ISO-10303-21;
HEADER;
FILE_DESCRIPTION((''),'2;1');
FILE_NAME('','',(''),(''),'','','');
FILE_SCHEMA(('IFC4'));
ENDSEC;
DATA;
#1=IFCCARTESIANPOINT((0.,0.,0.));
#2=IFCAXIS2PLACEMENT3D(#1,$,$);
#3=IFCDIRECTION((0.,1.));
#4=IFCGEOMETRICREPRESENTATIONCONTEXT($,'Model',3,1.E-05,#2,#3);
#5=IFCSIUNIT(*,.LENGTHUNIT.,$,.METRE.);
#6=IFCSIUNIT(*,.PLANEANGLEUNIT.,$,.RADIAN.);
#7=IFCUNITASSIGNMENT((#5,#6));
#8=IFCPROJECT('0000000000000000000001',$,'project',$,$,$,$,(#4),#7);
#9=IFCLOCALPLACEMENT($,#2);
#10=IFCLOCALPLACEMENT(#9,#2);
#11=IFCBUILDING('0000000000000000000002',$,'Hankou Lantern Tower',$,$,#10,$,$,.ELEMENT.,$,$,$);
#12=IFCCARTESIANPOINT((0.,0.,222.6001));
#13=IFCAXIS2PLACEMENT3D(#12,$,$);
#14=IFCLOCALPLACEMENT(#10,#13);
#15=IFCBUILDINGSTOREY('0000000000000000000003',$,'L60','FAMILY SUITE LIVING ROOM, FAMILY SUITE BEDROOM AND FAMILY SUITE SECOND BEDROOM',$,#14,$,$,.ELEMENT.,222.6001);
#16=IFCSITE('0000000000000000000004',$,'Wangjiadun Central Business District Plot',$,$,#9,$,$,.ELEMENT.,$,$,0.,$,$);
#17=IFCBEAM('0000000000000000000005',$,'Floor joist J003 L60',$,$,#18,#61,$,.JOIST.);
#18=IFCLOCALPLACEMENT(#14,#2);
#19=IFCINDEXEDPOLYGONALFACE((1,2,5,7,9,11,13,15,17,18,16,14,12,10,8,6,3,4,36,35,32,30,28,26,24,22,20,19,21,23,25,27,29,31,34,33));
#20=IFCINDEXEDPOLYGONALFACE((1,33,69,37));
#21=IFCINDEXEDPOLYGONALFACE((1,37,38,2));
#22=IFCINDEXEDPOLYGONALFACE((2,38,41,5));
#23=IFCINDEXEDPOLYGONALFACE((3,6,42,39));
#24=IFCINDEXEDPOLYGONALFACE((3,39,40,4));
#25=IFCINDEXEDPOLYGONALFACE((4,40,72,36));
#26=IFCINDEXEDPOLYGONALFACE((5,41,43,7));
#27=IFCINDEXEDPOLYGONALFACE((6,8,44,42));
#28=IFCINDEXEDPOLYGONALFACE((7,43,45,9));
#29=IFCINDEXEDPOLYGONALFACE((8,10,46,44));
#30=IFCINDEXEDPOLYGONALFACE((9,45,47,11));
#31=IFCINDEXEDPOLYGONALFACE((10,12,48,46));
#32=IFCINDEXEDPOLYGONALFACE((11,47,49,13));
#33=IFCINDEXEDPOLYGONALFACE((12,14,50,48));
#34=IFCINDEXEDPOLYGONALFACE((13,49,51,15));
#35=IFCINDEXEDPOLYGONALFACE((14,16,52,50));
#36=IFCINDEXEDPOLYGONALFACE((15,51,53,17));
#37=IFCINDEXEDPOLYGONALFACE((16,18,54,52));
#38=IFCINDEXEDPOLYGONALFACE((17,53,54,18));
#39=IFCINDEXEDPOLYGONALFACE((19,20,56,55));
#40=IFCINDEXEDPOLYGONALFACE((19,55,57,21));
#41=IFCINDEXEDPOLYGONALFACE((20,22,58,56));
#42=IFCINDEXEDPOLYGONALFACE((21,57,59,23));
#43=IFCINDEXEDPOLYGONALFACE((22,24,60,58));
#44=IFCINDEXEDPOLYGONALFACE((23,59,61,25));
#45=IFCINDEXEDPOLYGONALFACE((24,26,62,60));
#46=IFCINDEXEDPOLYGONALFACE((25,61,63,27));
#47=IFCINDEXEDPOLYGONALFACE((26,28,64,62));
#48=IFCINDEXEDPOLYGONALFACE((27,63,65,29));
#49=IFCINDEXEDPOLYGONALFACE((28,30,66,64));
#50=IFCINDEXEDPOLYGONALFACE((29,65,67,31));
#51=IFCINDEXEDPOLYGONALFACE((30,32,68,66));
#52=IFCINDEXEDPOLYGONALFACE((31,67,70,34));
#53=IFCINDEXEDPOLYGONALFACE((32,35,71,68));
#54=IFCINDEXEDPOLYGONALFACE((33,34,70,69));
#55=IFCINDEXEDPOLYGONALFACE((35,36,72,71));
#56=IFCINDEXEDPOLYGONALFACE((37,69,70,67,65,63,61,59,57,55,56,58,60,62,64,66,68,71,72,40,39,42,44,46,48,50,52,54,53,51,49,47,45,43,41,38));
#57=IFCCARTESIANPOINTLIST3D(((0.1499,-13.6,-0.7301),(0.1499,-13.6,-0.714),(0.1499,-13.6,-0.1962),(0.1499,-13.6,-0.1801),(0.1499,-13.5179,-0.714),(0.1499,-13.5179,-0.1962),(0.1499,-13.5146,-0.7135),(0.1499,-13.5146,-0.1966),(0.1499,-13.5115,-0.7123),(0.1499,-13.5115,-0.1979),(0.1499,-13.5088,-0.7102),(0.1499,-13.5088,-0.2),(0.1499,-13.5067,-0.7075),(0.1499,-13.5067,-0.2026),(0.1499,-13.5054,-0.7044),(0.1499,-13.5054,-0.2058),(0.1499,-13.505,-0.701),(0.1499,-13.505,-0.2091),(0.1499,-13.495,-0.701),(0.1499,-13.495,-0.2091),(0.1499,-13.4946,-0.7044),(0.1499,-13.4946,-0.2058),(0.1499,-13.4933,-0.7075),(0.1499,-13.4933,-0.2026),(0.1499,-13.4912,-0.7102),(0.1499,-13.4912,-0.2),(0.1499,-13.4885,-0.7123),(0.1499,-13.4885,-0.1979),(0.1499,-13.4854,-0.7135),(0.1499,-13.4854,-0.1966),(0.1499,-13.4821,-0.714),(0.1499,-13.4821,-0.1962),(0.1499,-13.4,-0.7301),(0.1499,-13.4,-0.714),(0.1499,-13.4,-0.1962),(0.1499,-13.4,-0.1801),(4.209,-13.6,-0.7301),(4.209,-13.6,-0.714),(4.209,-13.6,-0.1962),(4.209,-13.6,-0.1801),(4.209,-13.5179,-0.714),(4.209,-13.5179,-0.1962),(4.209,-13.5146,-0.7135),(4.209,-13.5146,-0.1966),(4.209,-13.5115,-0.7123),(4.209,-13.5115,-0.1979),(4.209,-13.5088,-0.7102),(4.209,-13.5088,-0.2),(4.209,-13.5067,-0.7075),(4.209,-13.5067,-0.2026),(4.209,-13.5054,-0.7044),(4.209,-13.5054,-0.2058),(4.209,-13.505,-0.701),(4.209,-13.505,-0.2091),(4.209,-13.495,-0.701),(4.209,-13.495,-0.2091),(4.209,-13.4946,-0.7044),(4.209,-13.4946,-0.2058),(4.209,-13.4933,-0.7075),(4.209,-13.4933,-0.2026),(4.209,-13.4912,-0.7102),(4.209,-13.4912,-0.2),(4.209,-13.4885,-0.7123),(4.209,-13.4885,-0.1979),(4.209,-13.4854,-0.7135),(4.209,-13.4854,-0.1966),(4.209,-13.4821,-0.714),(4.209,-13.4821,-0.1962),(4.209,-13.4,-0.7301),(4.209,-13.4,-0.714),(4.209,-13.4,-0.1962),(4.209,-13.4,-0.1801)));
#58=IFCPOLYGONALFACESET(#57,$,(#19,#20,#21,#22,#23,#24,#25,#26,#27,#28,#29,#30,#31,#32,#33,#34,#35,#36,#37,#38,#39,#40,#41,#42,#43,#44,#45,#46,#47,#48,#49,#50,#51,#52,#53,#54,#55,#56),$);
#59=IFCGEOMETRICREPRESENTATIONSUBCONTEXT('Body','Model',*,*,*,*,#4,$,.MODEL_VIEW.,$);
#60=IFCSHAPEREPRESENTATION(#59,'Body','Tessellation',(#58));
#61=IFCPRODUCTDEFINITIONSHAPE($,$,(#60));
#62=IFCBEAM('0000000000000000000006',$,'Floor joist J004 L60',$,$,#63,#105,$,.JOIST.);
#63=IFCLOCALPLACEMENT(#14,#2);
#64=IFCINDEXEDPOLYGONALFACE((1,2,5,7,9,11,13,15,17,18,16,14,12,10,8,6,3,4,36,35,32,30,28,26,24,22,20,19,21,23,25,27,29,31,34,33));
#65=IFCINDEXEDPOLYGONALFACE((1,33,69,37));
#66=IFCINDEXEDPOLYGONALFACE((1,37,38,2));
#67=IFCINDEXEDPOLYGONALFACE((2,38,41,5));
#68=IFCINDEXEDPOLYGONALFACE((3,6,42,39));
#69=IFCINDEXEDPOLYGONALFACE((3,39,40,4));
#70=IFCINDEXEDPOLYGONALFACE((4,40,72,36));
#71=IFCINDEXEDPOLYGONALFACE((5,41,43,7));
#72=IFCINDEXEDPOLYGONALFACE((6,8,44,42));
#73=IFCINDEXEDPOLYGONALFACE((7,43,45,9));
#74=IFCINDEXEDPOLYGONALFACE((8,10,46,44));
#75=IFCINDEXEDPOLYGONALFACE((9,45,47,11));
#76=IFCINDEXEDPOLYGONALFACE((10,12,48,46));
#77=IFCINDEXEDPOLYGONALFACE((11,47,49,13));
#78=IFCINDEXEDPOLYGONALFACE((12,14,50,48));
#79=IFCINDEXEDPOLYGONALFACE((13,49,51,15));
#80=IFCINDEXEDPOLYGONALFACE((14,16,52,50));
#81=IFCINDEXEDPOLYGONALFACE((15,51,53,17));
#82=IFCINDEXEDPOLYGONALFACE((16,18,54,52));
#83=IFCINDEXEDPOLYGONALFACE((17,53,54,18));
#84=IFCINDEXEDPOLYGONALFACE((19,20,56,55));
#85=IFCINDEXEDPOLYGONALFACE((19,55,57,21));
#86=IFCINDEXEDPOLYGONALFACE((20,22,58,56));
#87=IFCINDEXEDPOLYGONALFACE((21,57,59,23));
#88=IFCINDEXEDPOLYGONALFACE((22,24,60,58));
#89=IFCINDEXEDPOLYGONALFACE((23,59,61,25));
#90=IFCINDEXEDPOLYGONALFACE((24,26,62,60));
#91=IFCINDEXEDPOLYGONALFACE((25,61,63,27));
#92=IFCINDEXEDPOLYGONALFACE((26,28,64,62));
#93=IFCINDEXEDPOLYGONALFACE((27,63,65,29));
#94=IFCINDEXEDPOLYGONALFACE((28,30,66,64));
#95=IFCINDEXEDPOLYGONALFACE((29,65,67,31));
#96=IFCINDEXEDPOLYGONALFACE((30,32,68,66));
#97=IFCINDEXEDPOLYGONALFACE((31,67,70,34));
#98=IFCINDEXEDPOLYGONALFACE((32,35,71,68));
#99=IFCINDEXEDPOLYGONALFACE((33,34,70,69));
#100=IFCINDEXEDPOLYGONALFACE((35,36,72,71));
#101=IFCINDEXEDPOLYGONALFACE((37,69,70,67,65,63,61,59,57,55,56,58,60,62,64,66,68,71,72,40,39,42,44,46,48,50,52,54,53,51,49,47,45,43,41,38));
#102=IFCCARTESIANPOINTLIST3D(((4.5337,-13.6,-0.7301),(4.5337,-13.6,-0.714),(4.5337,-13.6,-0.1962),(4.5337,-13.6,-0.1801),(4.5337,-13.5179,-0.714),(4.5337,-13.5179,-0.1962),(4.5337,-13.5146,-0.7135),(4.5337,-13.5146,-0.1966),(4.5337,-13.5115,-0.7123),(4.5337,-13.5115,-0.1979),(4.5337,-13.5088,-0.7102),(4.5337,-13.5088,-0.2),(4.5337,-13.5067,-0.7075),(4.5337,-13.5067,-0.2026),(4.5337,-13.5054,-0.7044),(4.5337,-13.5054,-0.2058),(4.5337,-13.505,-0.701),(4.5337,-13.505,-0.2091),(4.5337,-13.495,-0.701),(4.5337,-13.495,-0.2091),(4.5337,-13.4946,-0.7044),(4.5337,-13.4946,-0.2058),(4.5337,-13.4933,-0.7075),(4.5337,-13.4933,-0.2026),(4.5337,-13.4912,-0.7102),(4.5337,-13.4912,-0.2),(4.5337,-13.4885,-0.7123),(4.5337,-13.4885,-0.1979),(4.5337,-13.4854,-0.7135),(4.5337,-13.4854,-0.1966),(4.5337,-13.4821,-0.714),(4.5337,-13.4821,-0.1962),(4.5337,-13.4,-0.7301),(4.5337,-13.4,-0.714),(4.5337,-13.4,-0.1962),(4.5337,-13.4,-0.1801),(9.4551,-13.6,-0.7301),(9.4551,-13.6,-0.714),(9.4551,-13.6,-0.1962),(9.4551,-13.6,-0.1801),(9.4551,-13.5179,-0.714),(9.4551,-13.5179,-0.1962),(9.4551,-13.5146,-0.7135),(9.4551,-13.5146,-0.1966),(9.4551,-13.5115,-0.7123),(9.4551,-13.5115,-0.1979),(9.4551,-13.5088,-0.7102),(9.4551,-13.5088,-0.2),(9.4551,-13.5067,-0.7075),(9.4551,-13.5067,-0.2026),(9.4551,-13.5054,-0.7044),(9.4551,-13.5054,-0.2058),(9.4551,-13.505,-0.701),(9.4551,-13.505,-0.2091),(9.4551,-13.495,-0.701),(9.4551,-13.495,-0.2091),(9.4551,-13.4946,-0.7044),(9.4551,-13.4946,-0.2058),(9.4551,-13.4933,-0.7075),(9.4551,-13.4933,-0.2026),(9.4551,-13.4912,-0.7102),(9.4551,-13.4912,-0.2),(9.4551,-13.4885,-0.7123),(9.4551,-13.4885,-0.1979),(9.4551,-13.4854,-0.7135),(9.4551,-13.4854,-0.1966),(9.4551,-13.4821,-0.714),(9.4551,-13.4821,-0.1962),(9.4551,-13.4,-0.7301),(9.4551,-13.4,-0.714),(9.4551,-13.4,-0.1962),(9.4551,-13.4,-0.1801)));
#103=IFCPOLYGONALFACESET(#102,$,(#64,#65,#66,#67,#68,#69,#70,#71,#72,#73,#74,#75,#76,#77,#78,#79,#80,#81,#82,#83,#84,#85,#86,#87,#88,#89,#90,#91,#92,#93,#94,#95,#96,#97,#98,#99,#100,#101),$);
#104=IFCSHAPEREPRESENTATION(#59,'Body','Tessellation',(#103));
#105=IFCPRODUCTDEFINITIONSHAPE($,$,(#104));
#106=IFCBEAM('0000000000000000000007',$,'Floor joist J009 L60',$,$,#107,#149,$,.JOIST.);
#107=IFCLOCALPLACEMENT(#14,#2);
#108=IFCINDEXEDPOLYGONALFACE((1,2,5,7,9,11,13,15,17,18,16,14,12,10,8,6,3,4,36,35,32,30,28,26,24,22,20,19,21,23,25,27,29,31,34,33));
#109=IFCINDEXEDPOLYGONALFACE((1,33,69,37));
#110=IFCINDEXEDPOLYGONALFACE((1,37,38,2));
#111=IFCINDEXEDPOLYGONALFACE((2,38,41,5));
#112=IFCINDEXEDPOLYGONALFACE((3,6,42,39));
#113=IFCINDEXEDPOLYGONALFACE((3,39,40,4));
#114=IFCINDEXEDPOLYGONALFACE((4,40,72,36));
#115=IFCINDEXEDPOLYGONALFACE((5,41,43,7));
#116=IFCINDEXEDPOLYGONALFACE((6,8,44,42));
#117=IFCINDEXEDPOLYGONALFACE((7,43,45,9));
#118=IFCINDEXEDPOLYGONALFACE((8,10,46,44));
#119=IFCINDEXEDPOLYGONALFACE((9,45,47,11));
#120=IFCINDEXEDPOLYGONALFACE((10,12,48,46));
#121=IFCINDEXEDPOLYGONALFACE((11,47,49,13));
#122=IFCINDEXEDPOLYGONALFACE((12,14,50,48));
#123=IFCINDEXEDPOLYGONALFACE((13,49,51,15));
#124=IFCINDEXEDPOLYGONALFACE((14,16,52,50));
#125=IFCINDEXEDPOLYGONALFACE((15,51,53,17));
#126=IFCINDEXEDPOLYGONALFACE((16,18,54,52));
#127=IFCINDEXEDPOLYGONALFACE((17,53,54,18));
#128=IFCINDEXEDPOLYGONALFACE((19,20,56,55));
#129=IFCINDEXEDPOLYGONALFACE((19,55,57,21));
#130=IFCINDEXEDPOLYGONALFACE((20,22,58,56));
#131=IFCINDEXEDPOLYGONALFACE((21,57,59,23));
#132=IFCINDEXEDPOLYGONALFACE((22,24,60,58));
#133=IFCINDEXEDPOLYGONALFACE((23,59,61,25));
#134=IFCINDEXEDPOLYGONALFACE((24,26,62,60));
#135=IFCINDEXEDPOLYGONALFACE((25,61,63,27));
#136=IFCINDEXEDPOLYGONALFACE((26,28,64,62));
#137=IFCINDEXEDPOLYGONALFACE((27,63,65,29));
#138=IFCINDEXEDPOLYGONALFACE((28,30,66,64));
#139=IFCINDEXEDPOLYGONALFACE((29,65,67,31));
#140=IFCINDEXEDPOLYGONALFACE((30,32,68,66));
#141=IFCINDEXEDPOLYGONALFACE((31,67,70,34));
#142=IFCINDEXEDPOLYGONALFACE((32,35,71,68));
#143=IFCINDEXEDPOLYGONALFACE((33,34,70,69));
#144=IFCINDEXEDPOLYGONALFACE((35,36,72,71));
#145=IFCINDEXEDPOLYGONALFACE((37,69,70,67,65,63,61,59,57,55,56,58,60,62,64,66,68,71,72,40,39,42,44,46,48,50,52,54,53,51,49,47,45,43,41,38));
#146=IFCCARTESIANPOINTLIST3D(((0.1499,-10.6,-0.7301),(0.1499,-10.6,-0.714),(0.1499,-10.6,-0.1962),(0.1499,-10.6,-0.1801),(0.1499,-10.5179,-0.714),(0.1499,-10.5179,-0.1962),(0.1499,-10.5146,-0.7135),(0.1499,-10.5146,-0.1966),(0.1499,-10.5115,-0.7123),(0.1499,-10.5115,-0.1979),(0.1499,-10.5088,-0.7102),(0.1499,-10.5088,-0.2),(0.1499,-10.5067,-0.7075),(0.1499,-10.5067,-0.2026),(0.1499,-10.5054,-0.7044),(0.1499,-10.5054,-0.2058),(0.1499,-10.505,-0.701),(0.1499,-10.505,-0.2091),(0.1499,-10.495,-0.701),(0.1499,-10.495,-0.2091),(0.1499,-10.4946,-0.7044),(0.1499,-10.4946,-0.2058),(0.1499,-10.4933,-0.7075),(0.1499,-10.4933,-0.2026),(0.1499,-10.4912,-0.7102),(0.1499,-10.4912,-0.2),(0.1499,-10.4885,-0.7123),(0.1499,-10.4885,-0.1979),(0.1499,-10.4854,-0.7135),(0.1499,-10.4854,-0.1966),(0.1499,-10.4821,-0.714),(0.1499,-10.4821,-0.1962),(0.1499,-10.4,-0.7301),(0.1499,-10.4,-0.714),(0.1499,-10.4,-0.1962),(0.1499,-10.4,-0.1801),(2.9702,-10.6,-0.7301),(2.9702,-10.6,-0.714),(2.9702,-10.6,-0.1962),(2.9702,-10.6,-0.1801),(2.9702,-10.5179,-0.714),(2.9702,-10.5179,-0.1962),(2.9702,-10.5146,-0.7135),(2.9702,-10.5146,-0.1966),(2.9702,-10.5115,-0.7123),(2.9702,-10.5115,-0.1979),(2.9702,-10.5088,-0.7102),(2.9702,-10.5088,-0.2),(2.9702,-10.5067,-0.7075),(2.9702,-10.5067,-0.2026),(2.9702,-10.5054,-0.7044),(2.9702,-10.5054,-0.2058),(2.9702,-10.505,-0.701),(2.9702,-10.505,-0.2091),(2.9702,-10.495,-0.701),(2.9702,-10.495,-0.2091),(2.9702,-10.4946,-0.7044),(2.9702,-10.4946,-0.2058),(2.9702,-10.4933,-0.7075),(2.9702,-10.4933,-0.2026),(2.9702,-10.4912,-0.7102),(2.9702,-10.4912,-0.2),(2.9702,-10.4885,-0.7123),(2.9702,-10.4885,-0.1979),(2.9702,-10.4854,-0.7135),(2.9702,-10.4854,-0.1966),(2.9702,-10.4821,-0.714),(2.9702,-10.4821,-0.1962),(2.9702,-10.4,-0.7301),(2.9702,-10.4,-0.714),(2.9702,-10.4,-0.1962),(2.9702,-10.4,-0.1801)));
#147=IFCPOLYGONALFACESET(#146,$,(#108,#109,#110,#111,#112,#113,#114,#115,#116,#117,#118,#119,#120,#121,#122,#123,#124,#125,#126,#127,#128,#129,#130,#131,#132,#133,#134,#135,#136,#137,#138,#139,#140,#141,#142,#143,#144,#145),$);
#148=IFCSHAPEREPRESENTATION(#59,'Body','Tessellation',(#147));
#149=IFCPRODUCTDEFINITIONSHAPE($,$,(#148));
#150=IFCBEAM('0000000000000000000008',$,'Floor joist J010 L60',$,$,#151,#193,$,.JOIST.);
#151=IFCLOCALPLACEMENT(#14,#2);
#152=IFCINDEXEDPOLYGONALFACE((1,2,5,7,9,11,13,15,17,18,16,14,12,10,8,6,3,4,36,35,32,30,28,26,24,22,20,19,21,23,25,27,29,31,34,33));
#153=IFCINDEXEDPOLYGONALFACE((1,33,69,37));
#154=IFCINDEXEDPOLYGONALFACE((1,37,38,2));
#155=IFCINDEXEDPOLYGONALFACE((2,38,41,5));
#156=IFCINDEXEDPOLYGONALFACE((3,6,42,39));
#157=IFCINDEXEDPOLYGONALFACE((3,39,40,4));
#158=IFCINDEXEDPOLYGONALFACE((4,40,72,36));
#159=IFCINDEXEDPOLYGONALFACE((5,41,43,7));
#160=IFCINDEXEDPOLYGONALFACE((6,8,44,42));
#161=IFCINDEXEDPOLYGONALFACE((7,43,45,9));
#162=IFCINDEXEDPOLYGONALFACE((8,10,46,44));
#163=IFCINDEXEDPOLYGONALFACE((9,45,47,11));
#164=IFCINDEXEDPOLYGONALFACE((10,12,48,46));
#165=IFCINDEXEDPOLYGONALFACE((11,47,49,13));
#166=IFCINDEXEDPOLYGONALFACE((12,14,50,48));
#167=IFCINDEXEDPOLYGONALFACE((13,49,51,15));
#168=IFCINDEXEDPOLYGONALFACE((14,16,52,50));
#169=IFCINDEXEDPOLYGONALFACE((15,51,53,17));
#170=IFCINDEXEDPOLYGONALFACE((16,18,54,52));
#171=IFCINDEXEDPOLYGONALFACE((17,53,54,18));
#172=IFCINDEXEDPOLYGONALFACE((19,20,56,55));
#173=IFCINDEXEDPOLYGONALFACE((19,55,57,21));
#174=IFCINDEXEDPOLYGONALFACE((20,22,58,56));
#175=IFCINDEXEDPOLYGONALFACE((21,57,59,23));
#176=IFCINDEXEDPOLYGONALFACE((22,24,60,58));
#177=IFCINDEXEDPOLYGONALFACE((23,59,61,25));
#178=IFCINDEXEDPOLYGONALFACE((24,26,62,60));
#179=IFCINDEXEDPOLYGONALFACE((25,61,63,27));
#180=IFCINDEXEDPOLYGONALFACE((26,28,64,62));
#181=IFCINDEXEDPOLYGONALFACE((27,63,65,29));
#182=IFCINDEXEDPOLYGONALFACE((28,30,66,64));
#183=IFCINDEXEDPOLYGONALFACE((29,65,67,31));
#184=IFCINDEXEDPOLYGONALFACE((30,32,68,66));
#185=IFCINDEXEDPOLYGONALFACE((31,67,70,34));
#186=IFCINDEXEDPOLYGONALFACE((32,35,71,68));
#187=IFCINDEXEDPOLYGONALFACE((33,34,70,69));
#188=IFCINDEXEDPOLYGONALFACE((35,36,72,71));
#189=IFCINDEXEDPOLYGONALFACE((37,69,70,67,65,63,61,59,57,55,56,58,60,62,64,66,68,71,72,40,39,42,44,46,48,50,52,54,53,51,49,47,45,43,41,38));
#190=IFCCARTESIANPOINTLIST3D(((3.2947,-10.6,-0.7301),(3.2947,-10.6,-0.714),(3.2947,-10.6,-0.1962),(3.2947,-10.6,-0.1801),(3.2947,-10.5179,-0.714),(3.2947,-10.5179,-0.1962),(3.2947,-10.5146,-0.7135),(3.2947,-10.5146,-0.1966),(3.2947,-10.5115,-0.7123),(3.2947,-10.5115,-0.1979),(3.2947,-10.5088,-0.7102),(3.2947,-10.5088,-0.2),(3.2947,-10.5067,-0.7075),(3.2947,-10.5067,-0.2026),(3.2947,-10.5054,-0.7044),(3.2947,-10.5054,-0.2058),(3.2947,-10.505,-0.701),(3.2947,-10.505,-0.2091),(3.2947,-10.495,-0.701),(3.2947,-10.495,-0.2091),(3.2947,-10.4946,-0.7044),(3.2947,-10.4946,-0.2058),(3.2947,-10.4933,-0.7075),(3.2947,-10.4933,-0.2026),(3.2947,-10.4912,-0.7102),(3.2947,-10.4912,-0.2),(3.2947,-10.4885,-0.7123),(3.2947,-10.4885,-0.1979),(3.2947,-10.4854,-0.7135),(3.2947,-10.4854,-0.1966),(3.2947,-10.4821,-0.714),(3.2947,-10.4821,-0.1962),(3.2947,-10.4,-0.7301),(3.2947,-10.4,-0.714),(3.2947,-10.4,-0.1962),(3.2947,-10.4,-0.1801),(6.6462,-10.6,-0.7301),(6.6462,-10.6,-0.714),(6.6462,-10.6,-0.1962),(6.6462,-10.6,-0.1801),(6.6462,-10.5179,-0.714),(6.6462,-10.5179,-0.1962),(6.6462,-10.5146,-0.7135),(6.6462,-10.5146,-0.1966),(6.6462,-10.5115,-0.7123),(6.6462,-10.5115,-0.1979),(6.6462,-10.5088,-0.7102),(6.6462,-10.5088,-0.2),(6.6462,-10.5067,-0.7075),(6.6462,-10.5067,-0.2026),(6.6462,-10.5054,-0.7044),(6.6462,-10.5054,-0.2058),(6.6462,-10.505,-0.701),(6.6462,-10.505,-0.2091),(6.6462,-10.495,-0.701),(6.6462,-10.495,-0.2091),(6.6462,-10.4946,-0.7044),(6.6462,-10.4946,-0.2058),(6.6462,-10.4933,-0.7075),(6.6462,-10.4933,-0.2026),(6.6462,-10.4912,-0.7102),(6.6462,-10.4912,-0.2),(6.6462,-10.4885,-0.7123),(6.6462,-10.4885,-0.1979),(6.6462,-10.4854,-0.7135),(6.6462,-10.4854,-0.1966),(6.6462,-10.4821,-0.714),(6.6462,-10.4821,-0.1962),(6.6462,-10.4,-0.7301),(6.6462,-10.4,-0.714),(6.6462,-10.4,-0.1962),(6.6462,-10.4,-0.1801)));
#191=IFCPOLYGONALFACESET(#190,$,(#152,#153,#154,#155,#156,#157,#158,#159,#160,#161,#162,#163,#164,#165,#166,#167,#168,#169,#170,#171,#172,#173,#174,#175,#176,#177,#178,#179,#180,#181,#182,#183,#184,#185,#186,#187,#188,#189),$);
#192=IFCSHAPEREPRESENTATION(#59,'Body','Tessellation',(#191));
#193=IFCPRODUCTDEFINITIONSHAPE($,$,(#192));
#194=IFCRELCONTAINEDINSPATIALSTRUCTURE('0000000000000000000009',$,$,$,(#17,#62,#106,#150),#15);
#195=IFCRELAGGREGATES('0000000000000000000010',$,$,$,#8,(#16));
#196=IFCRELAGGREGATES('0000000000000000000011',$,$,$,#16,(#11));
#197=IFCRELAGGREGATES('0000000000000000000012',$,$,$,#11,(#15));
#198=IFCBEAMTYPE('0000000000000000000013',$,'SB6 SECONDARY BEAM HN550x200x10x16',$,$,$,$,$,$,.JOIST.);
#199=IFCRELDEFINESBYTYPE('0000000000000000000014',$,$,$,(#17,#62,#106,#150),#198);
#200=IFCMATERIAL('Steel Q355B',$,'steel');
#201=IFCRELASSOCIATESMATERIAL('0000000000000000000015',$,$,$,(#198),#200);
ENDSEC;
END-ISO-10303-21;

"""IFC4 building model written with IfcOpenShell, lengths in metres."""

from ifc_helpers import new_model, si_unit, direction, frame, origin, origin_2d, place, context, subcontext, project, spatial, i_section, extrude, material, material_profile, profile_set, type_object, element, save


model = new_model("IFC4")

# Units and contexts
model_context = context("Model", 3, precision=1e-05, world=origin(), true_north=direction((0.0, 1.0)))
body_context = subcontext(model_context, "Body", "Model", "MODEL_VIEW")
ifc_project = project(units=[si_unit("LENGTHUNIT", "METRE"), si_unit("PLANEANGLEUNIT", "RADIAN")], contexts=[model_context])

# Site, building, storey
site_placement = place(None, origin())
site = spatial("IfcSite", under=ifc_project, at=site_placement, Name="Wangjiadun Central Business District Plot", CompositionType="ELEMENT", RefElevation=0.0)
building_placement = place(site_placement, origin())
building = spatial("IfcBuilding", under=site, at=building_placement, Name="Hankou Lantern Tower", CompositionType="ELEMENT")
storey_placement = place(building_placement, frame((0.0, 0.0, 222.6001)))
storey = spatial("IfcBuildingStorey", under=building, at=storey_placement, Name="L60", Description="FAMILY SUITE LIVING ROOM, FAMILY SUITE BEDROOM AND FAMILY SUITE SECOND BEDROOM", CompositionType="ELEMENT", Elevation=222.6001)

# Beams
ifc_material_1 = material(Name="Steel Q355B", Category="steel")
ifc_material_profile_1 = material_profile(ifc_material_1, i_section(OverallWidth=0.2, OverallDepth=0.55, WebThickness=0.01, FlangeThickness=0.0161, FilletRadius=0.0129, at=origin_2d()), Name="HN550x200x10x16")
ifc_profile_set_1 = profile_set([ifc_material_profile_1], Name="Steel Q355B")
beam_type_1 = type_object("IfcBeamType", Name="SB6 SECONDARY BEAM HN550x200x10x16", PredefinedType="JOIST", material=ifc_profile_set_1)
beam_1_placement = place(storey_placement, frame((0.1499, -13.5, -0.4551), z_axis=(1.0, 0.0, 0.0), x_axis=(0.0, 1.0, 0.0)))
element("IfcBeam", 1, at=beam_1_placement, inside=storey, type_object=beam_type_1, Name="Floor joist J003 L60", PredefinedType="JOIST", context=body_context, shape_type="SweptSolid", body=[
    extrude(i_section(OverallWidth=0.2, OverallDepth=0.55, WebThickness=0.01, FlangeThickness=0.0161, FilletRadius=0.0129, at=origin_2d()), origin(), (0.0, 0.0, 1.0), 4.0591),
])
beam_2_placement = place(storey_placement, frame((4.5337, -13.5, -0.4551), z_axis=(1.0, 0.0, 0.0), x_axis=(0.0, 1.0, 0.0)))
element("IfcBeam", 2, at=beam_2_placement, inside=storey, type_object=beam_type_1, Name="Floor joist J004 L60", PredefinedType="JOIST", context=body_context, shape_type="SweptSolid", body=[
    extrude(i_section(OverallWidth=0.2, OverallDepth=0.55, WebThickness=0.01, FlangeThickness=0.0161, FilletRadius=0.0129, at=origin_2d()), origin(), (0.0, 0.0, 1.0), 4.9214),
])
beam_3_placement = place(storey_placement, frame((0.1499, -10.5, -0.4551), z_axis=(1.0, 0.0, 0.0), x_axis=(0.0, 1.0, 0.0)))
element("IfcBeam", 3, at=beam_3_placement, inside=storey, type_object=beam_type_1, Name="Floor joist J009 L60", PredefinedType="JOIST", context=body_context, shape_type="SweptSolid", body=[
    extrude(i_section(OverallWidth=0.2, OverallDepth=0.55, WebThickness=0.01, FlangeThickness=0.0161, FilletRadius=0.0129, at=origin_2d()), origin(), (0.0, 0.0, 1.0), 2.8203),
])
beam_4_placement = place(storey_placement, frame((3.2947, -10.5, -0.4551), z_axis=(1.0, 0.0, 0.0), x_axis=(0.0, 1.0, 0.0)))
element("IfcBeam", 4, at=beam_4_placement, inside=storey, type_object=beam_type_1, Name="Floor joist J010 L60", PredefinedType="JOIST", context=body_context, shape_type="SweptSolid", body=[
    extrude(i_section(OverallWidth=0.2, OverallDepth=0.55, WebThickness=0.01, FlangeThickness=0.0161, FilletRadius=0.0129, at=origin_2d()), origin(), (0.0, 0.0, 1.0), 3.3516),
])

save(model, "model.ifc")
